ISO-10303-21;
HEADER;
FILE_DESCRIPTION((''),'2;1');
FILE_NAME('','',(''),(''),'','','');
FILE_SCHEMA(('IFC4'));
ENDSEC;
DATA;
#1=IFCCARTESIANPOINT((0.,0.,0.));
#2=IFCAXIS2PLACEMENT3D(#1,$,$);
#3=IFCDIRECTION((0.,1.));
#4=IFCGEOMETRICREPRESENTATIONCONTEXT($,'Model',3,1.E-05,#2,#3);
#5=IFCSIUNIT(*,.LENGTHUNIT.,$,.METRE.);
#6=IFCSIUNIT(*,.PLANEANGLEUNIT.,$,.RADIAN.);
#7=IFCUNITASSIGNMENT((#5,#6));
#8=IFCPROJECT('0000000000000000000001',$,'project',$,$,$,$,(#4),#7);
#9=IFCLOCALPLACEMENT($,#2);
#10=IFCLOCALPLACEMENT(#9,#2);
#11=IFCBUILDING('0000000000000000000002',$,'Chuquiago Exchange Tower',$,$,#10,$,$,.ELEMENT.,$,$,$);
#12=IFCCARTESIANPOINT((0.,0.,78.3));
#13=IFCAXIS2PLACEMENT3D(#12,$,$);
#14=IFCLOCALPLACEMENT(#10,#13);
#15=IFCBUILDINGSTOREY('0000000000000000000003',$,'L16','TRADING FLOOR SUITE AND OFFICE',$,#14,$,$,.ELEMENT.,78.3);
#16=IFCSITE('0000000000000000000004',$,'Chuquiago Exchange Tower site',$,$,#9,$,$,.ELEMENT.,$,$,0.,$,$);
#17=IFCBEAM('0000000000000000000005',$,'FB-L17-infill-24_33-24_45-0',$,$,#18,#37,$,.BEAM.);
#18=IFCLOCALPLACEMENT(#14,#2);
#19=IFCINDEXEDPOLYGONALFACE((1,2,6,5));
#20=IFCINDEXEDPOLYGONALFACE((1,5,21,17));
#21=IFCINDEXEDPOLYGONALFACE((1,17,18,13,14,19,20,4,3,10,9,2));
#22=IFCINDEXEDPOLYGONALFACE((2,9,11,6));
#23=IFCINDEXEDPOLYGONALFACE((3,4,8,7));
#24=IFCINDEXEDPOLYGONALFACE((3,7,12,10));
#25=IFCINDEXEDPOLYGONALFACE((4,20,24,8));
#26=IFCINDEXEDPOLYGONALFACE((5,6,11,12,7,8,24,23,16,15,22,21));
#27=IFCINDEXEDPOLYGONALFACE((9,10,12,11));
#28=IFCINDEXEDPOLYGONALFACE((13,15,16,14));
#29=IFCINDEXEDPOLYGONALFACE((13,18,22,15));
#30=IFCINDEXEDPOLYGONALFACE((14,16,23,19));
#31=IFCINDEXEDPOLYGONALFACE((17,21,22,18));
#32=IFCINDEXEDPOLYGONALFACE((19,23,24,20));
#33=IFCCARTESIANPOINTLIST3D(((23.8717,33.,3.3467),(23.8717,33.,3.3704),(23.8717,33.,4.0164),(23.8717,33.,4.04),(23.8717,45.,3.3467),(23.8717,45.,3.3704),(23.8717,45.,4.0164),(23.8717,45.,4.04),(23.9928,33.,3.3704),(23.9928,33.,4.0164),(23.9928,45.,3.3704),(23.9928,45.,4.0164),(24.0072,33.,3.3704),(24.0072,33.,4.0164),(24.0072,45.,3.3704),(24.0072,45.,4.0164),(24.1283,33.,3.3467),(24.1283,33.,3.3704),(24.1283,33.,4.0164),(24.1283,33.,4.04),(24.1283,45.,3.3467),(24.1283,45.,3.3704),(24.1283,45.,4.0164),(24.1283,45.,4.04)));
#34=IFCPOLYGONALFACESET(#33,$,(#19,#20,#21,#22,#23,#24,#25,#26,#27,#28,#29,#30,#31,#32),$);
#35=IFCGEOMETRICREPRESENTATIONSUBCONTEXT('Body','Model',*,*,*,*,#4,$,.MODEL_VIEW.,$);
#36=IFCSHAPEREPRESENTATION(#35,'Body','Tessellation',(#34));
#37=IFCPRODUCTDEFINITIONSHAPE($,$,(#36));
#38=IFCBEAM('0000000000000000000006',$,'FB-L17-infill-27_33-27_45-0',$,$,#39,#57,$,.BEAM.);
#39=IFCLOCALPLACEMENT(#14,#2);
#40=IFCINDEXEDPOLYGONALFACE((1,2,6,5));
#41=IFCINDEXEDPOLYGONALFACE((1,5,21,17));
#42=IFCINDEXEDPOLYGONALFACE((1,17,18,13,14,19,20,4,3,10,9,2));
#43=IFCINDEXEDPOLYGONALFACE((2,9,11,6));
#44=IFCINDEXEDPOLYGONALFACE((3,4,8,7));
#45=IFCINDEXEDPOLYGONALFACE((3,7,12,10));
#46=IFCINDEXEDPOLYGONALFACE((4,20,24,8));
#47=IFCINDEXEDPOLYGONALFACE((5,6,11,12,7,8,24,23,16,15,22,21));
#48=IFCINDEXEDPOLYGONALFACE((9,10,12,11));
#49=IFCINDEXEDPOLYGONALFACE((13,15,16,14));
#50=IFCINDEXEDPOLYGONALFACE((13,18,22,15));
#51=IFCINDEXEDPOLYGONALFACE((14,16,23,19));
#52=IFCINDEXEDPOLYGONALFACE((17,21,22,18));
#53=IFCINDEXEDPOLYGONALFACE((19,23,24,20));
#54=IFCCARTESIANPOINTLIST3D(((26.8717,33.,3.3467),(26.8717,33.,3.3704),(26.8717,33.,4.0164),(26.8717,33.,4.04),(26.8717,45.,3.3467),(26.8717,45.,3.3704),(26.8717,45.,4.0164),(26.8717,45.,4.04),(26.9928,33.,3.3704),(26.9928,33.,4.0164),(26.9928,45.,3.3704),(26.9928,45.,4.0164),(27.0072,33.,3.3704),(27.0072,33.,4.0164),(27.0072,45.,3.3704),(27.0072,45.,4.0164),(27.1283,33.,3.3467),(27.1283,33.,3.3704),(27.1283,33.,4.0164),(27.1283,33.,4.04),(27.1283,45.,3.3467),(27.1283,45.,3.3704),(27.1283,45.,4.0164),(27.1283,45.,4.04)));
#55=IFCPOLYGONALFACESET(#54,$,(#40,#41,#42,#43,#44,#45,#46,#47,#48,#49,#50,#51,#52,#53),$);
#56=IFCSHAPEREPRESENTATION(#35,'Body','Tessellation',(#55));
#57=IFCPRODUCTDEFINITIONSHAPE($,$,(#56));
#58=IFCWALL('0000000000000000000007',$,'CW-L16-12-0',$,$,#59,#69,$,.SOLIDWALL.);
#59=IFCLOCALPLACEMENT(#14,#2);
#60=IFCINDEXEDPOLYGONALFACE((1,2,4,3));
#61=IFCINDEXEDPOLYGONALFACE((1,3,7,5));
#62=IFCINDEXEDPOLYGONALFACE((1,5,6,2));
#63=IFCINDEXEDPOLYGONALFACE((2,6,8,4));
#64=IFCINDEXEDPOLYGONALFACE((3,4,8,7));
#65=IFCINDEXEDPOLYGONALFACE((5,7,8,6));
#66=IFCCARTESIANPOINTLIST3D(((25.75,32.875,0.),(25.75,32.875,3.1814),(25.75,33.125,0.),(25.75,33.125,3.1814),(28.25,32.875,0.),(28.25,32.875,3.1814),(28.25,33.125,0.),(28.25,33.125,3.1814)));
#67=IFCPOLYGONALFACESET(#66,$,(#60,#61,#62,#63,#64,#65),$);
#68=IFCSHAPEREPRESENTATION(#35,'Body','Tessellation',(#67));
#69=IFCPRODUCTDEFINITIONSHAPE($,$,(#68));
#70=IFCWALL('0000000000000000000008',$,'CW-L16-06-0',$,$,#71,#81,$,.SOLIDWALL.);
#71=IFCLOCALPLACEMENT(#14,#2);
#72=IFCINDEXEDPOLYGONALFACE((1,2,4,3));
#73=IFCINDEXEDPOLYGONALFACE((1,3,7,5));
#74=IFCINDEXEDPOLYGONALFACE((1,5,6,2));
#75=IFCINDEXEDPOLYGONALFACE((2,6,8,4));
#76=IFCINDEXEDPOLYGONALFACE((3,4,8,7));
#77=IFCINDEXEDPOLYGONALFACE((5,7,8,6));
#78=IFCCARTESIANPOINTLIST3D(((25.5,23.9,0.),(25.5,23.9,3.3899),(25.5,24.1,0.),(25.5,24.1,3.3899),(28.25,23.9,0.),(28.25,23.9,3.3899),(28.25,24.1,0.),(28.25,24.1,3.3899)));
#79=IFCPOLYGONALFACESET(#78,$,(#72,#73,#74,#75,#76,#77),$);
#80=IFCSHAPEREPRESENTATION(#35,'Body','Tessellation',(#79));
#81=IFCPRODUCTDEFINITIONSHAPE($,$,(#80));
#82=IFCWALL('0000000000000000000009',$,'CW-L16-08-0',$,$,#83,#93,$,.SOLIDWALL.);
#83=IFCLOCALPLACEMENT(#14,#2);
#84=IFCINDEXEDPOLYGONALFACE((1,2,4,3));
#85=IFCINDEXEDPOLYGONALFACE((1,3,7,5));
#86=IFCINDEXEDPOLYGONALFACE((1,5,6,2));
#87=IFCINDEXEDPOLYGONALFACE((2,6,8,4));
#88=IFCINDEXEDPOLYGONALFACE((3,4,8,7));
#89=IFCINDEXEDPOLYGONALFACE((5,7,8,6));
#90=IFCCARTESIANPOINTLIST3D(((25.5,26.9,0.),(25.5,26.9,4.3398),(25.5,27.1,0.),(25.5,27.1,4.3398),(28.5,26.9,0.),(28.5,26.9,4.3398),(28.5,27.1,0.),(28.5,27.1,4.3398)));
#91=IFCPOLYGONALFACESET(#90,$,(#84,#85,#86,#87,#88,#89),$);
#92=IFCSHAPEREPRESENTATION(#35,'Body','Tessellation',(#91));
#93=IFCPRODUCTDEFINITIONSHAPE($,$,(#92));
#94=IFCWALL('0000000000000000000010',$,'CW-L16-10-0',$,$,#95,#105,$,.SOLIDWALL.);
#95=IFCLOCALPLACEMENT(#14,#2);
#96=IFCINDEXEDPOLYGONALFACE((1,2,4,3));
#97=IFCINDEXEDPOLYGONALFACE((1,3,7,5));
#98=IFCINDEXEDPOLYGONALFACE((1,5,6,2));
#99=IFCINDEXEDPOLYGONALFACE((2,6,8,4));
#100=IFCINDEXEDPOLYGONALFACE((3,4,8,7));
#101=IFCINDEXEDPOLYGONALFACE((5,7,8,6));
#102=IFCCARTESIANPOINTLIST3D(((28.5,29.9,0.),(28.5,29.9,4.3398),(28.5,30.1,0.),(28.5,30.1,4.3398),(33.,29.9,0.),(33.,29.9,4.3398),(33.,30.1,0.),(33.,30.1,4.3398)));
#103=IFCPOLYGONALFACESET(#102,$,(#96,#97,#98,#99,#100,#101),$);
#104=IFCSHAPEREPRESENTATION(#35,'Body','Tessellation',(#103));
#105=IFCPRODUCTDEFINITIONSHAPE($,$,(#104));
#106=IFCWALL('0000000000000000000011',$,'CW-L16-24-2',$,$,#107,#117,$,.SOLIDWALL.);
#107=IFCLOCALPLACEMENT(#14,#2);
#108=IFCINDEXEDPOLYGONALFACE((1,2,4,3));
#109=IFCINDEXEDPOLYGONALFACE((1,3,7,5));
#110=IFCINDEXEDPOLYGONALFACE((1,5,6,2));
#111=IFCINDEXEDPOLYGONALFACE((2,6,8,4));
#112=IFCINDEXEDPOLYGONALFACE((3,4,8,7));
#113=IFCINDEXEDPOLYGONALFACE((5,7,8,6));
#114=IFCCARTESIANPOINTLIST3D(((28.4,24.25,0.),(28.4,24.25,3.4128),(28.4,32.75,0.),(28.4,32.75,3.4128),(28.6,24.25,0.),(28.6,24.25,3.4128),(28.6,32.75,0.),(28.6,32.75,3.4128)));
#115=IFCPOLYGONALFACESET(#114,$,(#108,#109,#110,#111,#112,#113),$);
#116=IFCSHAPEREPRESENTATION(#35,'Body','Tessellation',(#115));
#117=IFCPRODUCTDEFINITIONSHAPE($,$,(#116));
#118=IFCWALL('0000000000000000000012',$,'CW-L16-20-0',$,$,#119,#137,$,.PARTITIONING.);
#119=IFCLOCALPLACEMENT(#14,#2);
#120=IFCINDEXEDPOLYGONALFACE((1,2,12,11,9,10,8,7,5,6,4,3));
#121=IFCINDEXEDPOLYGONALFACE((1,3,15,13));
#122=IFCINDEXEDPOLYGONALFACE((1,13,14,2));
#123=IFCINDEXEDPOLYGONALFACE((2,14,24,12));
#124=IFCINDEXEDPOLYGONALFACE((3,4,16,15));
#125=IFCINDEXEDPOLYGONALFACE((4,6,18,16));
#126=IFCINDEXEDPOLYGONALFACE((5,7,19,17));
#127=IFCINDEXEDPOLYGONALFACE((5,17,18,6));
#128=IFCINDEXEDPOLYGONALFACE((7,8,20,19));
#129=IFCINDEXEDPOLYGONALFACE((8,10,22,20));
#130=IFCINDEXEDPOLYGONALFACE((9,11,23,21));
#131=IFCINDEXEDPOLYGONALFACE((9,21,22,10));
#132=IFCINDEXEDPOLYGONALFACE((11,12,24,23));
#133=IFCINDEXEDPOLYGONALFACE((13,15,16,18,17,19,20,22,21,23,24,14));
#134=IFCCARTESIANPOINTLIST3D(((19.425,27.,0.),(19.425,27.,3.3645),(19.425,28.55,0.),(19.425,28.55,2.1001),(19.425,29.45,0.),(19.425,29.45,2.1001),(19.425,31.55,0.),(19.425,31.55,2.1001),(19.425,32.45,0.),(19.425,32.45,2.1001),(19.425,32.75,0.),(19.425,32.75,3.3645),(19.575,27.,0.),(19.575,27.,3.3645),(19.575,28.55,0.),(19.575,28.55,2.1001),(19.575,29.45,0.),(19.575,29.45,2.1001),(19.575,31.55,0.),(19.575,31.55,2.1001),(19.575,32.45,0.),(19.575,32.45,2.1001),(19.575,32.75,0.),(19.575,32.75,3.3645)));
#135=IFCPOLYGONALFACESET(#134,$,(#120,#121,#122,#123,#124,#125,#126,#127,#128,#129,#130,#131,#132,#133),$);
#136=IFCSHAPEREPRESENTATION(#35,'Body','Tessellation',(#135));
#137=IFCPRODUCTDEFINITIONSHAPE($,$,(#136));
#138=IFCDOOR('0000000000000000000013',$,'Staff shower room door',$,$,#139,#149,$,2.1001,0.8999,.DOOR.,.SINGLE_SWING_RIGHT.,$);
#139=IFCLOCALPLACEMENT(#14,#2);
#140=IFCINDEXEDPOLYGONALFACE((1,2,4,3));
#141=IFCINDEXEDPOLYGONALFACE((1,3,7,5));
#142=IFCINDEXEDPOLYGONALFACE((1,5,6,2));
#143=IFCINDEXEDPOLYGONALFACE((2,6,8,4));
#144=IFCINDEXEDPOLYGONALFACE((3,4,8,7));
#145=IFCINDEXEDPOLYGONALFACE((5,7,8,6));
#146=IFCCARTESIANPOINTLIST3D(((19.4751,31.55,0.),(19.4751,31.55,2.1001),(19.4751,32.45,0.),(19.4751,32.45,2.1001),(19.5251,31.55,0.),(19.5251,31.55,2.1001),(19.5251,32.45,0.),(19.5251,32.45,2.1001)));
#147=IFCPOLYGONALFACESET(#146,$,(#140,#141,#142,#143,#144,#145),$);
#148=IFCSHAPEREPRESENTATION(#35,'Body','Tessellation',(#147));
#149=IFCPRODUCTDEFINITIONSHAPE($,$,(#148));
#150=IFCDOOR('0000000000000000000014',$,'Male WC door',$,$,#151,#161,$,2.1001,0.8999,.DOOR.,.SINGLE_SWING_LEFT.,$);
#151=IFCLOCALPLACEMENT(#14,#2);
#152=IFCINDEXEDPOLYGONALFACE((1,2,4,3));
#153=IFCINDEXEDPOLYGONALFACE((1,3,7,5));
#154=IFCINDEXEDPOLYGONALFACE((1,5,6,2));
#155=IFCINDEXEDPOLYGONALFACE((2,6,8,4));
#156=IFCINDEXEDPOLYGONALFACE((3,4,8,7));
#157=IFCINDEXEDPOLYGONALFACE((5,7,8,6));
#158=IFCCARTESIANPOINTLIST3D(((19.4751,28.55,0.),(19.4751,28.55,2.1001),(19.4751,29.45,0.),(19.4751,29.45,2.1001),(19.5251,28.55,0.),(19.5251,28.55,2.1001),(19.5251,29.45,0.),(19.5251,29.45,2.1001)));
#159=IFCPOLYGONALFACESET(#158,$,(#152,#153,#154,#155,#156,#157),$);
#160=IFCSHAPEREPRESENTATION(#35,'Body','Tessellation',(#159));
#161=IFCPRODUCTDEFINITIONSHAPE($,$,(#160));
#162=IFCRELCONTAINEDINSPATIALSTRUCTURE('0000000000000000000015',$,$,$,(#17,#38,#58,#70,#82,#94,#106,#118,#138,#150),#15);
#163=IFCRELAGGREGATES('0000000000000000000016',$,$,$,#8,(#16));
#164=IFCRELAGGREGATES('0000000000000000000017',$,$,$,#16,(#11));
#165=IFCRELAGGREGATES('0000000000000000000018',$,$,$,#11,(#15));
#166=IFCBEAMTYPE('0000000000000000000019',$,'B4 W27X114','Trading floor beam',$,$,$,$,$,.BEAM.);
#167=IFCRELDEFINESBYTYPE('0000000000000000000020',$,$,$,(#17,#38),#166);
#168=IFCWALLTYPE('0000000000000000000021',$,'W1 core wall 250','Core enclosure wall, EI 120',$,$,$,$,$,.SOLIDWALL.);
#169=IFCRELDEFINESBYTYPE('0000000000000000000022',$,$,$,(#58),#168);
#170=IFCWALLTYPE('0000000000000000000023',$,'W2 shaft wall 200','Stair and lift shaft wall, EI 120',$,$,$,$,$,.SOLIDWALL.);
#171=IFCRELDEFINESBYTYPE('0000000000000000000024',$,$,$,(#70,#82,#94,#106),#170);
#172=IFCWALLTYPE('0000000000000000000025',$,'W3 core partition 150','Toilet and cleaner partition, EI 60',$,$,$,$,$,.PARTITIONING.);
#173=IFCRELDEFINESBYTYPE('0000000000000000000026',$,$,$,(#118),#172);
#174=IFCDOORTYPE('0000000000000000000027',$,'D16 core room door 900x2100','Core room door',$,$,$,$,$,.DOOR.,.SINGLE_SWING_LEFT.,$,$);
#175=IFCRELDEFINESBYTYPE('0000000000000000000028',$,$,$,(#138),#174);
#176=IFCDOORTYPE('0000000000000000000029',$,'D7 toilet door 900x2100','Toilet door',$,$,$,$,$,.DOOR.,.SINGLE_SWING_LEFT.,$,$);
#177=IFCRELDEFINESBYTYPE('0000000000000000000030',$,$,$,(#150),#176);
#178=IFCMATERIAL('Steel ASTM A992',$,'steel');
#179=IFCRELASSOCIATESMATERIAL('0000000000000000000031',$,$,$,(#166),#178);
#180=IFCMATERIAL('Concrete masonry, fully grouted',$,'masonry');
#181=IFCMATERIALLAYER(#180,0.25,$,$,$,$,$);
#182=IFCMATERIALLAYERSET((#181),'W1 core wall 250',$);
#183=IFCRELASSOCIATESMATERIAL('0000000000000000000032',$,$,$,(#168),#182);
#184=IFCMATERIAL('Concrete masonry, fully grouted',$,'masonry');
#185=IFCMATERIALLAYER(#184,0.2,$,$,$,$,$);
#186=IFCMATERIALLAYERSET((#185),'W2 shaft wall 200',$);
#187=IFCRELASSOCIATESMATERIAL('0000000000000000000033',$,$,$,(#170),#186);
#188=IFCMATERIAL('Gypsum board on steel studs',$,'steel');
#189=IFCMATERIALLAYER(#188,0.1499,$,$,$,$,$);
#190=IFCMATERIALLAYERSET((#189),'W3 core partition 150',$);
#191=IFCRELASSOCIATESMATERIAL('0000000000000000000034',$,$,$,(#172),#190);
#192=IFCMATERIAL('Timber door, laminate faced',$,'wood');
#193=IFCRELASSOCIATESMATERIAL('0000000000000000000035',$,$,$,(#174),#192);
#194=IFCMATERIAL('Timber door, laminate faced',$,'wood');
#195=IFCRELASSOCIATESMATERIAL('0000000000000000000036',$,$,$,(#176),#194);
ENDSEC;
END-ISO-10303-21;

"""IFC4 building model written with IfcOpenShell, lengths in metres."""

from ifc_helpers import new_model, si_unit, direction, frame, frame_2d, origin, origin_2d, place, context, subcontext, project, spatial, rectangle, i_section, extrude, material, layer, layer_set, material_profile, profile_set, type_object, element, fill, save


model = new_model("IFC4")

# Units and contexts
model_context = context("Model", 3, precision=1e-05, world=origin(), true_north=direction((0.0, 1.0)))
body_context = subcontext(model_context, "Body", "Model", "MODEL_VIEW")
ifc_project = project(units=[si_unit("LENGTHUNIT", "METRE"), si_unit("PLANEANGLEUNIT", "RADIAN")], contexts=[model_context])

# Site, building, storey
site_placement = place(None, origin())
site = spatial("IfcSite", under=ifc_project, at=site_placement, Name="Chuquiago Exchange Tower site", CompositionType="ELEMENT", RefElevation=0.0)
building_placement = place(site_placement, origin())
building = spatial("IfcBuilding", under=site, at=building_placement, Name="Chuquiago Exchange Tower", CompositionType="ELEMENT")
storey_placement = place(building_placement, frame((0.0, 0.0, 78.3)))
storey = spatial("IfcBuildingStorey", under=building, at=storey_placement, Name="L16", Description="TRADING FLOOR SUITE AND OFFICE", CompositionType="ELEMENT", Elevation=78.3)

# Beams
ifc_material_1 = material(Name="Steel ASTM A992", Category="steel")
ifc_material_profile_1 = material_profile(ifc_material_1, i_section(OverallWidth=0.2566, OverallDepth=0.6934, WebThickness=0.0144, FlangeThickness=0.0237, at=origin_2d()), Name="W27X114")
ifc_profile_set_1 = profile_set([ifc_material_profile_1], Name="Steel ASTM A992")
beam_type_1 = type_object("IfcBeamType", Name="B4 W27X114", Description="Trading floor beam", PredefinedType="BEAM", material=ifc_profile_set_1)
for number, where, z_axis, x_axis, name in (
    (1, (24.0, 33.0, 3.6934), (0.0, 1.0, 0.0), (-1.0, 0.0, 0.0), "FB-L17-infill-24_33-24_45-0"),
    (2, (27.0, 33.0, 3.6934), (0.0, 1.0, 0.0), (-1.0, 0.0, 0.0), "FB-L17-infill-27_33-27_45-0"),
):
    element("IfcBeam", number, at=place(storey_placement, frame(where, z_axis=z_axis, x_axis=x_axis)), inside=storey, type_object=beam_type_1, Name=name, PredefinedType="BEAM", context=body_context, shape_type="SweptSolid", body=[
        extrude(i_section(OverallWidth=0.2566, OverallDepth=0.6934, WebThickness=0.0144, FlangeThickness=0.0237, at=origin_2d()), origin(), (0.0, 0.0, 1.0), 12.0),
    ])

# Walls
ifc_material_2 = material(Name="Concrete masonry, fully grouted", Category="masonry")
ifc_layer_1 = layer(ifc_material_2, 0.25)
ifc_layer_set_1 = layer_set([ifc_layer_1], Name="W1 core wall 250")
wall_type_1 = type_object("IfcWallType", Name="W1 core wall 250", Description="Core enclosure wall, EI 120", PredefinedType="SOLIDWALL", material=ifc_layer_set_1)
wall_1_placement = place(storey_placement, frame((25.75, 33.0, 0.0), z_axis=(0.0, 0.0, 1.0), x_axis=(1.0, 0.0, 0.0)))
element("IfcWall", 3, at=wall_1_placement, inside=storey, type_object=wall_type_1, Name="CW-L16-12-0", PredefinedType="SOLIDWALL", context=body_context, shape_type="SweptSolid", body=[
    extrude(rectangle(XDim=2.5, YDim=0.25, at=frame_2d((1.25, 0.0))), origin(), (0.0, 0.0, 1.0), 3.1814),
])
ifc_material_3 = material(Name="Concrete masonry, fully grouted", Category="masonry")
ifc_layer_2 = layer(ifc_material_3, 0.2)
ifc_layer_set_2 = layer_set([ifc_layer_2], Name="W2 shaft wall 200")
wall_type_2 = type_object("IfcWallType", Name="W2 shaft wall 200", Description="Stair and lift shaft wall, EI 120", PredefinedType="SOLIDWALL", material=ifc_layer_set_2)
wall_2_placement = place(storey_placement, frame((25.5, 24.0, 0.0), z_axis=(0.0, 0.0, 1.0), x_axis=(1.0, 0.0, 0.0)))
element("IfcWall", 4, at=wall_2_placement, inside=storey, type_object=wall_type_2, Name="CW-L16-06-0", PredefinedType="SOLIDWALL", context=body_context, shape_type="SweptSolid", body=[
    extrude(rectangle(XDim=2.75, YDim=0.2, at=frame_2d((1.375, 0.0))), origin(), (0.0, 0.0, 1.0), 3.3899),
])
wall_3_placement = place(storey_placement, frame((25.5, 27.0, 0.0), z_axis=(0.0, 0.0, 1.0), x_axis=(1.0, 0.0, 0.0)))
element("IfcWall", 5, at=wall_3_placement, inside=storey, type_object=wall_type_2, Name="CW-L16-08-0", PredefinedType="SOLIDWALL", context=body_context, shape_type="SweptSolid", body=[
    extrude(rectangle(XDim=3.0, YDim=0.2, at=frame_2d((1.5, 0.0))), origin(), (0.0, 0.0, 1.0), 4.3398),
])
wall_4_placement = place(storey_placement, frame((28.5, 30.0, 0.0), z_axis=(0.0, 0.0, 1.0), x_axis=(1.0, 0.0, 0.0)))
element("IfcWall", 6, at=wall_4_placement, inside=storey, type_object=wall_type_2, Name="CW-L16-10-0", PredefinedType="SOLIDWALL", context=body_context, shape_type="SweptSolid", body=[
    extrude(rectangle(XDim=4.5, YDim=0.2, at=frame_2d((2.25, 0.0))), origin(), (0.0, 0.0, 1.0), 4.3398),
])
wall_5_placement = place(storey_placement, frame((28.5, 24.25, 0.0), z_axis=(0.0, 0.0, 1.0), x_axis=(0.0, 1.0, 0.0)))
element("IfcWall", 7, at=wall_5_placement, inside=storey, type_object=wall_type_2, Name="CW-L16-24-2", PredefinedType="SOLIDWALL", context=body_context, shape_type="SweptSolid", body=[
    extrude(rectangle(XDim=8.5, YDim=0.2, at=frame_2d((4.25, 0.0))), origin(), (0.0, 0.0, 1.0), 3.4128),
])

# Wall, openings, doors
ifc_material_4 = material(Name="Gypsum board on steel studs", Category="steel")
ifc_layer_3 = layer(ifc_material_4, 0.1499)
ifc_layer_set_3 = layer_set([ifc_layer_3], Name="W3 core partition 150")
wall_type_3 = type_object("IfcWallType", Name="W3 core partition 150", Description="Toilet and cleaner partition, EI 60", PredefinedType="PARTITIONING", material=ifc_layer_set_3)
wall_6_placement = place(storey_placement, frame((19.5, 27.0, 0.0), z_axis=(0.0, 0.0, 1.0), x_axis=(0.0, 1.0, 0.0)))
wall_6 = element("IfcWall", 8, at=wall_6_placement, inside=storey, type_object=wall_type_3, Name="CW-L16-20-0", PredefinedType="PARTITIONING", context=body_context, shape_type="SweptSolid", body=[
    extrude(rectangle(XDim=5.75, YDim=0.1499, at=frame_2d((2.875, 0.0))), origin(), (0.0, 0.0, 1.0), 3.3645),
])
opening_1_placement = place(wall_6_placement, frame((1.55, 0.0, 0.0)))
opening_1 = element("IfcOpeningElement", 9, at=opening_1_placement, cuts=wall_6, PredefinedType="OPENING", context=body_context, shape_type="SweptSolid", body=[
    extrude(rectangle(XDim=0.8999, YDim=2.1001, at=frame_2d((0.45, 1.05))), frame((0.0, 0.085, 0.0), z_axis=(0.0, -1.0, 0.0), x_axis=(1.0, 0.0, 0.0)), (0.0, 0.0, 1.0), 0.1699),
])
opening_2_placement = place(wall_6_placement, frame((4.55, 0.0, 0.0)))
opening_2 = element("IfcOpeningElement", 10, at=opening_2_placement, cuts=wall_6, PredefinedType="OPENING", context=body_context, shape_type="SweptSolid", body=[
    extrude(rectangle(XDim=0.8999, YDim=2.1001, at=frame_2d((0.45, 1.05))), frame((0.0, 0.085, 0.0), z_axis=(0.0, -1.0, 0.0), x_axis=(1.0, 0.0, 0.0)), (0.0, 0.0, 1.0), 0.1699),
])
ifc_material_5 = material(Name="Timber door, laminate faced", Category="wood")
door_type_1 = type_object("IfcDoorType", Name="D16 core room door 900x2100", Description="Core room door", OperationType="SINGLE_SWING_LEFT", PredefinedType="DOOR", material=ifc_material_5)
door_1_placement = place(opening_2_placement, origin())
door_1 = element("IfcDoor", 11, at=door_1_placement, inside=storey, type_object=door_type_1, Name="Staff shower room door", OperationType="SINGLE_SWING_RIGHT", OverallHeight=2.1001, OverallWidth=0.8999, PredefinedType="DOOR", context=body_context, shape_type="SweptSolid", body=[
    extrude(rectangle(XDim=0.8999, YDim=2.1001, at=frame_2d((0.45, 1.05))), frame((0.0, 0.0249, 0.0), z_axis=(0.0, -1.0, 0.0), x_axis=(1.0, 0.0, 0.0)), (0.0, 0.0, 1.0), 0.05),
])
fill(opening_2, door_1)
ifc_material_6 = material(Name="Timber door, laminate faced", Category="wood")
door_type_2 = type_object("IfcDoorType", Name="D7 toilet door 900x2100", Description="Toilet door", OperationType="SINGLE_SWING_LEFT", PredefinedType="DOOR", material=ifc_material_6)
door_2_placement = place(opening_1_placement, origin())
door_2 = element("IfcDoor", 12, at=door_2_placement, inside=storey, type_object=door_type_2, Name="Male WC door", OperationType="SINGLE_SWING_LEFT", OverallHeight=2.1001, OverallWidth=0.8999, PredefinedType="DOOR", context=body_context, shape_type="SweptSolid", body=[
    extrude(rectangle(XDim=0.8999, YDim=2.1001, at=frame_2d((0.45, 1.05))), frame((0.0, 0.0249, 0.0), z_axis=(0.0, -1.0, 0.0), x_axis=(1.0, 0.0, 0.0)), (0.0, 0.0, 1.0), 0.05),
])
fill(opening_1, door_2)

save(model, "model.ifc")
